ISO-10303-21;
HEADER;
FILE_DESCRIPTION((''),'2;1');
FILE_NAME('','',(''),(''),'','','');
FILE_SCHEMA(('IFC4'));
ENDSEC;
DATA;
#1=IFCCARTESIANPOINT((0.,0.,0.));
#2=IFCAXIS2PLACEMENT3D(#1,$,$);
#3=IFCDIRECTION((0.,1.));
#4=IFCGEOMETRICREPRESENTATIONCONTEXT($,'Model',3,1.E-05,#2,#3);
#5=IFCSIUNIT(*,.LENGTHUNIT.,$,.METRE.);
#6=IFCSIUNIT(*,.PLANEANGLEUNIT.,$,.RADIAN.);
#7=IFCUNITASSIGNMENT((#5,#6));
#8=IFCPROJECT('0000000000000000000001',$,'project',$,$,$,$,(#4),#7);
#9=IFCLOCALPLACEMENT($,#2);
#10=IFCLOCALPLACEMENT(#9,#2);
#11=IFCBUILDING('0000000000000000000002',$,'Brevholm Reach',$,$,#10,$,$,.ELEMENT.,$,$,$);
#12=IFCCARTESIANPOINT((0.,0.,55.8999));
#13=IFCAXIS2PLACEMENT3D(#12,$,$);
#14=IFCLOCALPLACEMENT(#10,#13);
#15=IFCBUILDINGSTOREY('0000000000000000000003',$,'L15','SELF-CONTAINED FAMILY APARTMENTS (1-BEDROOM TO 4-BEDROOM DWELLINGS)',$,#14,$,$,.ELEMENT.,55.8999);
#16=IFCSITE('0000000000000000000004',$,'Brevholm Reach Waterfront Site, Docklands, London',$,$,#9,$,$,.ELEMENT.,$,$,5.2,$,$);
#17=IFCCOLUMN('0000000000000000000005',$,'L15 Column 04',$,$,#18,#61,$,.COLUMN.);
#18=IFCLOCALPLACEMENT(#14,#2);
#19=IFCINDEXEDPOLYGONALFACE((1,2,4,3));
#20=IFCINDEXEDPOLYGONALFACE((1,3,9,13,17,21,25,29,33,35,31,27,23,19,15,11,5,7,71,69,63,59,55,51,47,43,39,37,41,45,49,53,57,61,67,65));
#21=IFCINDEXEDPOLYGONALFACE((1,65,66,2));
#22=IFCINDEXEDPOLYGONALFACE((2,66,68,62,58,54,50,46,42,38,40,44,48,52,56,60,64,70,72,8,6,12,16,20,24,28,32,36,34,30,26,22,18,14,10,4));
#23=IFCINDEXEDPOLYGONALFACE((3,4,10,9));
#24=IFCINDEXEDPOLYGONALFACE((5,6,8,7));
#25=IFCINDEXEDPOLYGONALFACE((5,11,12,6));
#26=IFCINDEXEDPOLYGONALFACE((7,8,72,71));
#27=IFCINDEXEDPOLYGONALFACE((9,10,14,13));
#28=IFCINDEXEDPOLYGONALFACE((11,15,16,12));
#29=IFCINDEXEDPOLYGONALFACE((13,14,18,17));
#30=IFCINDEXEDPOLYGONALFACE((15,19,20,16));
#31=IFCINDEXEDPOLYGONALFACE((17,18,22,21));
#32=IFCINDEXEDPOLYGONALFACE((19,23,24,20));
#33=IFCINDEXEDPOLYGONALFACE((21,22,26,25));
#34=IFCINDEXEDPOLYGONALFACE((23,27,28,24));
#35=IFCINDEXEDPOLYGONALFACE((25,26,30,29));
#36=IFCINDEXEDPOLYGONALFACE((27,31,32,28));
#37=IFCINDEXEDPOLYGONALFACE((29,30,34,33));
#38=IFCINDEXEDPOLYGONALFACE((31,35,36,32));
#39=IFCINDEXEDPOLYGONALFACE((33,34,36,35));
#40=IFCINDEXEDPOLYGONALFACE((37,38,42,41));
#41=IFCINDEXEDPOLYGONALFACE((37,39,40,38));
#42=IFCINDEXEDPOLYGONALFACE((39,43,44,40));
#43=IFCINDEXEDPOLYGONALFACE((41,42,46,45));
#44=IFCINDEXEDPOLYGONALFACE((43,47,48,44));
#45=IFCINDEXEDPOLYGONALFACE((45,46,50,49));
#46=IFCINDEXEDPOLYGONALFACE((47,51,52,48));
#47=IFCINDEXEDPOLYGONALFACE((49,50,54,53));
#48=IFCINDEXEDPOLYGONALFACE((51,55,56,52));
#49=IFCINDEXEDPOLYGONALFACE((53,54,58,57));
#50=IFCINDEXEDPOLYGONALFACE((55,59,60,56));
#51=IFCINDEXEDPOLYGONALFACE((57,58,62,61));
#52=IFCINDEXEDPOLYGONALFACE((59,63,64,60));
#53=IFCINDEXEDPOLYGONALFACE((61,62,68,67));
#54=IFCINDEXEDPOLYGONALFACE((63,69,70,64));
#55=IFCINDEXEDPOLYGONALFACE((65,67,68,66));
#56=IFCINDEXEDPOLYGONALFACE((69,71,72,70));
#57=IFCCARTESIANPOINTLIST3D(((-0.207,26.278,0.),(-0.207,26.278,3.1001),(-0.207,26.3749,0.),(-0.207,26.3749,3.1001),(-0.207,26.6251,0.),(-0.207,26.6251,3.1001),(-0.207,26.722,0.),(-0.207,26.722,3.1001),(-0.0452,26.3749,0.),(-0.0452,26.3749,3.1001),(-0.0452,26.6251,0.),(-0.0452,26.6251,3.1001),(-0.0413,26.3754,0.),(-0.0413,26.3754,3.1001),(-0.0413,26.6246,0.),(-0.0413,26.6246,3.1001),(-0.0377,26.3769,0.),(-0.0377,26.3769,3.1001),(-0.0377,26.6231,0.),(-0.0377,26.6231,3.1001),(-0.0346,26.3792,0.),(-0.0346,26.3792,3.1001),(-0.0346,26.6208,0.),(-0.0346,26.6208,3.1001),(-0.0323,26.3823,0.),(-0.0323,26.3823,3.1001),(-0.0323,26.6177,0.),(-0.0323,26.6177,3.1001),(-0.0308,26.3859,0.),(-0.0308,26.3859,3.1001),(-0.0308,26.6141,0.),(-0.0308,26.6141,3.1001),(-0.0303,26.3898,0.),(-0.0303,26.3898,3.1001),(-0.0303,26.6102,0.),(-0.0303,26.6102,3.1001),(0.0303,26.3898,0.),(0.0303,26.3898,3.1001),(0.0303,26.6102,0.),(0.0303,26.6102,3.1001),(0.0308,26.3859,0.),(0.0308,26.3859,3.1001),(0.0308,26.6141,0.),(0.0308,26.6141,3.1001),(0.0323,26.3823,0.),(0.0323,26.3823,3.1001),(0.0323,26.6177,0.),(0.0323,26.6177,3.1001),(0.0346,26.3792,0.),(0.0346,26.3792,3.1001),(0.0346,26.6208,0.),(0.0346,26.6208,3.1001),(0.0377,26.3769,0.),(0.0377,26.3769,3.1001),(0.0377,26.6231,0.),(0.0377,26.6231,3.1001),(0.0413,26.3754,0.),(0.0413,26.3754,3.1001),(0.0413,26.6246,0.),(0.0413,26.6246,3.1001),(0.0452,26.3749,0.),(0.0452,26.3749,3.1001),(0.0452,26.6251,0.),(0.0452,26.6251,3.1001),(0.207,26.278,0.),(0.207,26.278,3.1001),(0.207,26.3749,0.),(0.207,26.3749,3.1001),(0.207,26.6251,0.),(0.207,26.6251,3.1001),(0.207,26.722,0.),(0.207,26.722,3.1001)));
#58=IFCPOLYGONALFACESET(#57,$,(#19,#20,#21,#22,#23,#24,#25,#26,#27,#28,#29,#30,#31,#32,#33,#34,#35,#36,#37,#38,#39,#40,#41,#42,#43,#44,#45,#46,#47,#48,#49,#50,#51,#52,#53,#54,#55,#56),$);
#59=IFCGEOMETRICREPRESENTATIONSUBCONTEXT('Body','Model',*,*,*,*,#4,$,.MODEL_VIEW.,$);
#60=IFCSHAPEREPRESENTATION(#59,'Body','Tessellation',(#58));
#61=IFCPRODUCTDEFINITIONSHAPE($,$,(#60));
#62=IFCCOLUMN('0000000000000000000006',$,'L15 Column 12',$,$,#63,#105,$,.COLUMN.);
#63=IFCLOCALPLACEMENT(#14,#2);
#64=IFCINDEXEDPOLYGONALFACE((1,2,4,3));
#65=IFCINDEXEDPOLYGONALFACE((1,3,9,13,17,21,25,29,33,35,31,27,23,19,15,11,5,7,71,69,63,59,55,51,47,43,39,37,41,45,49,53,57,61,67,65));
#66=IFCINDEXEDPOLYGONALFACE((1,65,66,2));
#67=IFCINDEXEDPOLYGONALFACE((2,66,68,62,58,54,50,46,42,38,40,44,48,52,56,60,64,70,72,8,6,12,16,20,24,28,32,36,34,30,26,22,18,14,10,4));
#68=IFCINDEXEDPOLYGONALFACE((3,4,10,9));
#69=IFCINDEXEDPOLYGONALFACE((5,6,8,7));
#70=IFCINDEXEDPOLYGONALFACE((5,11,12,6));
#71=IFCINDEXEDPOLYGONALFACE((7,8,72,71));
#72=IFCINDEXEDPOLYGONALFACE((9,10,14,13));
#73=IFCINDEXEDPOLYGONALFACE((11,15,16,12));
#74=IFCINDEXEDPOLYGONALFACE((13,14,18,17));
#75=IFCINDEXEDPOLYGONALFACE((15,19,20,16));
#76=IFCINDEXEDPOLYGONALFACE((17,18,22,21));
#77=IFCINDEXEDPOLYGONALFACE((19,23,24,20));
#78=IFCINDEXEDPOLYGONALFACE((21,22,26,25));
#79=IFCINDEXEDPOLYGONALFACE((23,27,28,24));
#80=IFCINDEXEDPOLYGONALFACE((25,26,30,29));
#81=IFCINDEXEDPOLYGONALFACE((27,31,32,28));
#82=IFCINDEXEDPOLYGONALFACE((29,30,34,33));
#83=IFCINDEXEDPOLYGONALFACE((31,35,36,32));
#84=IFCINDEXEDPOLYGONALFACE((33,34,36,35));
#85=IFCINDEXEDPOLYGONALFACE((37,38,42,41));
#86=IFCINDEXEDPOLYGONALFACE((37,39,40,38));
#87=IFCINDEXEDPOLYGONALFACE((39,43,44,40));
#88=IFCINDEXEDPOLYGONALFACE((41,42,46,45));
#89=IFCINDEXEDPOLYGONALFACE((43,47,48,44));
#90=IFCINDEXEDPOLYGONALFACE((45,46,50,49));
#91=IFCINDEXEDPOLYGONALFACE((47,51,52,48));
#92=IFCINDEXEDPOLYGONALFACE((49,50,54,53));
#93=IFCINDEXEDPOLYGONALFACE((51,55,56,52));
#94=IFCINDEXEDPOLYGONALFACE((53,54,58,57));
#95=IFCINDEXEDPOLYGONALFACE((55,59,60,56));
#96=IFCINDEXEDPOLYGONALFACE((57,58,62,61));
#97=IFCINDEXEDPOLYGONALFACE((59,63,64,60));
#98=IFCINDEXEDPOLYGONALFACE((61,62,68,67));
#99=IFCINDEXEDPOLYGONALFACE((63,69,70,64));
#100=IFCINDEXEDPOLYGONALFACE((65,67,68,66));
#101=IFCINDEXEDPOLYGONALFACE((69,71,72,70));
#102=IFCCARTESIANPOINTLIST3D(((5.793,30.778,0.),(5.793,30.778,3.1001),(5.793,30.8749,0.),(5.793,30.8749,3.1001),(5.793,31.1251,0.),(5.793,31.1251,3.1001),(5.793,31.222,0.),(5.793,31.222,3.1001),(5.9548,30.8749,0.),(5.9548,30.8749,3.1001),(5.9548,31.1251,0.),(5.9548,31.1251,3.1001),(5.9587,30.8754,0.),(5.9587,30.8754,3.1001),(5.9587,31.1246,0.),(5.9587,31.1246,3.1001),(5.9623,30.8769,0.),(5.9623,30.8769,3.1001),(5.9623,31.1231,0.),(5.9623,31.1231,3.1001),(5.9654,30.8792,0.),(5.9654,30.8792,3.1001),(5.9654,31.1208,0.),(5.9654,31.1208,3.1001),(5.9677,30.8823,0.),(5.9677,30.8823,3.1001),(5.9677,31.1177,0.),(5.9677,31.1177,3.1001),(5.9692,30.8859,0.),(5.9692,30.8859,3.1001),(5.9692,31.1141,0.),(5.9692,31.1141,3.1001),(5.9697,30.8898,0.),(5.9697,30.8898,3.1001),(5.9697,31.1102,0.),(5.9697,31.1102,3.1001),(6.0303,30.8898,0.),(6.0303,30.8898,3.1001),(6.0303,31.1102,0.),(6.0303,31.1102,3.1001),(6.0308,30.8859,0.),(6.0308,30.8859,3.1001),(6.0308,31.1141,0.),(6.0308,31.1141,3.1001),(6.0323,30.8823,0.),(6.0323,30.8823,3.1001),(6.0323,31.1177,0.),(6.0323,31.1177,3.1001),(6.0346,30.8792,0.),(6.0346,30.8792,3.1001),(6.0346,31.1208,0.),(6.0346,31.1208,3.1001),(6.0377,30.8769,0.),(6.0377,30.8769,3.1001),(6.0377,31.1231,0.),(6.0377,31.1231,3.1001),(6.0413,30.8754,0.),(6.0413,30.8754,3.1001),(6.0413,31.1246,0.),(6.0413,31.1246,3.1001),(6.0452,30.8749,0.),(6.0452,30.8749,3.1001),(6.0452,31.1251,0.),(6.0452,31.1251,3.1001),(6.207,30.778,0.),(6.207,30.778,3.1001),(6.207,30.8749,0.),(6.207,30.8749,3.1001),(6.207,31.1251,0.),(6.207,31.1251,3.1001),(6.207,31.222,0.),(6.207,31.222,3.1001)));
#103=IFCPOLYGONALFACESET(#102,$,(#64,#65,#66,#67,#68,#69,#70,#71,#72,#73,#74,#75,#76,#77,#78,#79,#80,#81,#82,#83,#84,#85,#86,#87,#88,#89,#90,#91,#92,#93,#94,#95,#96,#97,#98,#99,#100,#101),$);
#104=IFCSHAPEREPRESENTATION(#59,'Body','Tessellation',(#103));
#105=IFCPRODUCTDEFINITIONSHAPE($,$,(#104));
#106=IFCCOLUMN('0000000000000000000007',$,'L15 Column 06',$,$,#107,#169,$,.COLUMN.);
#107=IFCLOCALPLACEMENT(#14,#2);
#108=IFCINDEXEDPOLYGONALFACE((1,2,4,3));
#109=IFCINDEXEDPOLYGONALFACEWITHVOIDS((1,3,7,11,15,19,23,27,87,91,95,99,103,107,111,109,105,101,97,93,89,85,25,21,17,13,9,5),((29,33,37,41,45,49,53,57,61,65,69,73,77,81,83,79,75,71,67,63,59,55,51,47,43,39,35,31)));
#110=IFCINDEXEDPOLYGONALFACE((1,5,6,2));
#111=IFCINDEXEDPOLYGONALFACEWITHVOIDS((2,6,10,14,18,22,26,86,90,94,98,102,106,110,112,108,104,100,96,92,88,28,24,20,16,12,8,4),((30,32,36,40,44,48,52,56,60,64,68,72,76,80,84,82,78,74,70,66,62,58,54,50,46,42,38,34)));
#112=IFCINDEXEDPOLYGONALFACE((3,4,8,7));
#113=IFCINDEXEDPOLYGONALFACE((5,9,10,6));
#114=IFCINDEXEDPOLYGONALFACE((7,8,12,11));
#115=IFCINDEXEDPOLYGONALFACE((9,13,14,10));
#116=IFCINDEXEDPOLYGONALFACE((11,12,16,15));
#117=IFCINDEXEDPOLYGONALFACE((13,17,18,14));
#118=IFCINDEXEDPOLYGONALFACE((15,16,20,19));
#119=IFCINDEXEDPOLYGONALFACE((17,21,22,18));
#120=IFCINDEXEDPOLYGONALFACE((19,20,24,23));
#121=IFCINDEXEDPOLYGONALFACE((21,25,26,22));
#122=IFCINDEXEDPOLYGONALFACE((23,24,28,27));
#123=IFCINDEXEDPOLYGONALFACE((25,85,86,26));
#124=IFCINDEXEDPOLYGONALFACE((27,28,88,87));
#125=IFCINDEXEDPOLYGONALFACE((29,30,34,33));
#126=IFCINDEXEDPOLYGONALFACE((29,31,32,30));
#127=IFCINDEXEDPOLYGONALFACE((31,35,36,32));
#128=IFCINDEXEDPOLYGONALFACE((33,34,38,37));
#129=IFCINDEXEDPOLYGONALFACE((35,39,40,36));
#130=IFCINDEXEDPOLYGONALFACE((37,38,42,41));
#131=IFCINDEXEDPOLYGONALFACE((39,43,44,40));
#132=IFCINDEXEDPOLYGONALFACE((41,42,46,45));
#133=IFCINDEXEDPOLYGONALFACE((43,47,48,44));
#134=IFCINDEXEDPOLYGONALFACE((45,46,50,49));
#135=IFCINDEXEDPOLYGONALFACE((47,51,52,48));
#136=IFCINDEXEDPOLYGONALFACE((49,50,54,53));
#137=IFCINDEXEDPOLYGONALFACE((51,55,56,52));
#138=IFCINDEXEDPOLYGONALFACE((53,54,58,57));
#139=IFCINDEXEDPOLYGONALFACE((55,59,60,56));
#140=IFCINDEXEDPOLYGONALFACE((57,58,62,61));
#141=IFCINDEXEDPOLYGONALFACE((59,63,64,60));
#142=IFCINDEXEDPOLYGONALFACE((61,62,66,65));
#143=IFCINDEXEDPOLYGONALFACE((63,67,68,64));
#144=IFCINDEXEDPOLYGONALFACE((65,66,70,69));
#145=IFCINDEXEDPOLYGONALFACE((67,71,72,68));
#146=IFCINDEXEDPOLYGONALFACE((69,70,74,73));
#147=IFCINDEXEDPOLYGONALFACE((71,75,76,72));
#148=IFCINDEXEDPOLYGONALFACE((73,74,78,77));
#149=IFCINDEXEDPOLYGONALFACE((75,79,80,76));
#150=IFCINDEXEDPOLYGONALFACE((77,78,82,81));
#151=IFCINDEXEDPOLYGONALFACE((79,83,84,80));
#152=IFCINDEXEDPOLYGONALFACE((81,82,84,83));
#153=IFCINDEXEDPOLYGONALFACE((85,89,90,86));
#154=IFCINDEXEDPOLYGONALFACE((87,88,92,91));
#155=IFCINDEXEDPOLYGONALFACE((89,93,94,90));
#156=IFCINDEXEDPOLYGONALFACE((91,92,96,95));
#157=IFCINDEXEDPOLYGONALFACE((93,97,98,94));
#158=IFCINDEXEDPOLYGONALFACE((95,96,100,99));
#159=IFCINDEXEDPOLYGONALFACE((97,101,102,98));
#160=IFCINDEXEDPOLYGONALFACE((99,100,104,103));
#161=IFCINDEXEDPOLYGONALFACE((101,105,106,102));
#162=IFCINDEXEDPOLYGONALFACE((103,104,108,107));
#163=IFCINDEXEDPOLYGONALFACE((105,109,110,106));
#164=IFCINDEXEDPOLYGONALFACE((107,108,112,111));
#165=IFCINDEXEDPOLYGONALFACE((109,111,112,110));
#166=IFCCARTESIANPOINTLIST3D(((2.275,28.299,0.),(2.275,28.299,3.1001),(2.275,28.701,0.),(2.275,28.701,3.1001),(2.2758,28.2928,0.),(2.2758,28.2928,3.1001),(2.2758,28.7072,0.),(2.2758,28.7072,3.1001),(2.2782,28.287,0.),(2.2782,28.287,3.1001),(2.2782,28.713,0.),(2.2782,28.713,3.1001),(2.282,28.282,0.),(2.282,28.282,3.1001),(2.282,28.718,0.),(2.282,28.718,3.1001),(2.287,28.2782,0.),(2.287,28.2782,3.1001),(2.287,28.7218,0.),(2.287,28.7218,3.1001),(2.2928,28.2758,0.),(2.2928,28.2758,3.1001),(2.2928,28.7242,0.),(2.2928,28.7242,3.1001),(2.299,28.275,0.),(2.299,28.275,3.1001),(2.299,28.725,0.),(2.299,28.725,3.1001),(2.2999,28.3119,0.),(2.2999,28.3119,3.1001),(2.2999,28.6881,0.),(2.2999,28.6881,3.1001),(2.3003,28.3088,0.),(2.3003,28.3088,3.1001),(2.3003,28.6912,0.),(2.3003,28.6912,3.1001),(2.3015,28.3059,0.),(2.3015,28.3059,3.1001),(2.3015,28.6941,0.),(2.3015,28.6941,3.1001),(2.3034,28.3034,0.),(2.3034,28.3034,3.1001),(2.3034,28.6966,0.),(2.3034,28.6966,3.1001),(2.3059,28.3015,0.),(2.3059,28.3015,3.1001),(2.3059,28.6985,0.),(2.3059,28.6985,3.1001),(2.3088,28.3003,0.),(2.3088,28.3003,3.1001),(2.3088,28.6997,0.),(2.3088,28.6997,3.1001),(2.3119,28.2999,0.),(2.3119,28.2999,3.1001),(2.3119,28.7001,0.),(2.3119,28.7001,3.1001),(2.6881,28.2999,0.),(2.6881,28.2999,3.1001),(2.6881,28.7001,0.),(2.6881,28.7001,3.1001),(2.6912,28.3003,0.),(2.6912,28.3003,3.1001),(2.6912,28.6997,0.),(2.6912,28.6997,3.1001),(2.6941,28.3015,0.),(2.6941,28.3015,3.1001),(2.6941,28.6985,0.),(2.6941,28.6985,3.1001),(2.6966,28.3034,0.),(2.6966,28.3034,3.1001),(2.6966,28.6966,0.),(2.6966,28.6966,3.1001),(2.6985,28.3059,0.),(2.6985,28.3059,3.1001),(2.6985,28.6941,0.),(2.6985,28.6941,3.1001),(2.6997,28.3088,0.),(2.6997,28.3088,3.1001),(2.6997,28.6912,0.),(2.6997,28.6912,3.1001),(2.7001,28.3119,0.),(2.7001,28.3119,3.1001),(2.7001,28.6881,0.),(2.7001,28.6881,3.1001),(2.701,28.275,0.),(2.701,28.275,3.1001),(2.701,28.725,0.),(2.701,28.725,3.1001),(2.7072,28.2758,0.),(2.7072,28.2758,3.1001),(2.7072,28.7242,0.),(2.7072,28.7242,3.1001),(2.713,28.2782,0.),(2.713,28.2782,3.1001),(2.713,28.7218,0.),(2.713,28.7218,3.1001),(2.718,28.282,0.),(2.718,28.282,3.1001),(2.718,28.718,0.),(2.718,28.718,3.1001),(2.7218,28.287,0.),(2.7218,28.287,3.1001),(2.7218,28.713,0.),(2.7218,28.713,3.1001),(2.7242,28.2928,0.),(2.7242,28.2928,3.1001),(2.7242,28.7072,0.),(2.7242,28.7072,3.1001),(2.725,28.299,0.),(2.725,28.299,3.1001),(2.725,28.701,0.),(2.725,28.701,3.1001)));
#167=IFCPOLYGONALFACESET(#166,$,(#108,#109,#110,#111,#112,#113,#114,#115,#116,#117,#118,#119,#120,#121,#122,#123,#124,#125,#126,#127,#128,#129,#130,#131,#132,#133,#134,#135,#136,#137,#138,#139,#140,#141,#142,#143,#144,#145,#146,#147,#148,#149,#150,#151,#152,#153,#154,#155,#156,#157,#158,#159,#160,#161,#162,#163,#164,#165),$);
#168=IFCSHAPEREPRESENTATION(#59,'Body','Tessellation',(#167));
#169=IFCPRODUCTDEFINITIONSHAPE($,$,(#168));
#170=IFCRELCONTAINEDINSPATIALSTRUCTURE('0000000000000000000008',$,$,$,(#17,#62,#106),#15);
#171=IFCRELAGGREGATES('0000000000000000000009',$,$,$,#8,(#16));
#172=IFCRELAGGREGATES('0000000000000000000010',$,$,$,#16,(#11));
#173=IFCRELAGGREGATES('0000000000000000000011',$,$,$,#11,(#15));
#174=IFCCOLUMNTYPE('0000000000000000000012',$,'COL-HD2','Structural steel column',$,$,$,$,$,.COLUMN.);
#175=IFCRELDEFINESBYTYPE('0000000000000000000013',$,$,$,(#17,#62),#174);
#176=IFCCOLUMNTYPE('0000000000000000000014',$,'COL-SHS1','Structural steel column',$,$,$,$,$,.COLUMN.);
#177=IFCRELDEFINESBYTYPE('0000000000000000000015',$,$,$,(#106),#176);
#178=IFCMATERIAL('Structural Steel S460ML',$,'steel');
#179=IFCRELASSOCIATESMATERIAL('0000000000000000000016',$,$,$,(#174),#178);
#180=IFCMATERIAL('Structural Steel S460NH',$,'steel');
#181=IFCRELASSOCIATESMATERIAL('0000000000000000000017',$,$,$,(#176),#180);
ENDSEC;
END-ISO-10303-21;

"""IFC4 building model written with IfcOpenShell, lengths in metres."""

from ifc_helpers import new_model, si_unit, direction, frame, origin, origin_2d, place, context, subcontext, project, spatial, hollow_rectangle, i_section, extrude, material, material_profile, profile_set, type_object, element, save


model = new_model("IFC4")

# Units and contexts
model_context = context("Model", 3, precision=1e-05, world=origin(), true_north=direction((0.0, 1.0)))
body_context = subcontext(model_context, "Body", "Model", "MODEL_VIEW")
ifc_project = project(units=[si_unit("LENGTHUNIT", "METRE"), si_unit("PLANEANGLEUNIT", "RADIAN")], contexts=[model_context])

# Site, building, storey
site_placement = place(None, origin())
site = spatial("IfcSite", under=ifc_project, at=site_placement, Name="Brevholm Reach Waterfront Site, Docklands, London", CompositionType="ELEMENT", RefElevation=5.2)
building_placement = place(site_placement, origin())
building = spatial("IfcBuilding", under=site, at=building_placement, Name="Brevholm Reach", CompositionType="ELEMENT")
storey_placement = place(building_placement, frame((0.0, 0.0, 55.8999)))
storey = spatial("IfcBuildingStorey", under=building, at=storey_placement, Name="L15", Description="SELF-CONTAINED FAMILY APARTMENTS (1-BEDROOM TO 4-BEDROOM DWELLINGS)", CompositionType="ELEMENT", Elevation=55.8999)

# Columns
ifc_material_1 = material(Name="Structural Steel S460ML", Category="steel")
ifc_material_profile_1 = material_profile(ifc_material_1, i_section(OverallWidth=0.4141, OverallDepth=0.4441, WebThickness=0.0605, FlangeThickness=0.0969, FilletRadius=0.0149, at=origin_2d()), Name="HD 400x818")
ifc_profile_set_1 = profile_set([ifc_material_profile_1], Name="Structural Steel S460ML")
column_type_1 = type_object("IfcColumnType", Name="COL-HD2", Description="Structural steel column", PredefinedType="COLUMN", material=ifc_profile_set_1)
for number, where, z_axis, x_axis, name in (
    (1, (0.0, 26.5, 0.0), (0.0, 0.0, 1.0), (1.0, 0.0, 0.0), "L15 Column 04"),
    (2, (6.0, 31.0, 0.0), (0.0, 0.0, 1.0), (1.0, 0.0, 0.0), "L15 Column 12"),
):
    element("IfcColumn", number, at=place(storey_placement, frame(where, z_axis=z_axis, x_axis=x_axis)), inside=storey, type_object=column_type_1, Name=name, PredefinedType="COLUMN", context=body_context, shape_type="SweptSolid", body=[
        extrude(i_section(OverallWidth=0.4141, OverallDepth=0.4441, WebThickness=0.0605, FlangeThickness=0.0969, FilletRadius=0.0149, at=origin_2d()), origin(), (0.0, 0.0, 1.0), 3.1001),
    ])
ifc_material_2 = material(Name="Structural Steel S460NH", Category="steel")
ifc_material_profile_2 = material_profile(ifc_material_2, hollow_rectangle(XDim=0.45, YDim=0.45, WallThickness=0.0249, InnerFilletRadius=0.012, OuterFilletRadius=0.0239, at=origin_2d()), Name="SHS 450x450x25")
ifc_profile_set_2 = profile_set([ifc_material_profile_2], Name="Structural Steel S460NH")
column_type_2 = type_object("IfcColumnType", Name="COL-SHS1", Description="Structural steel column", PredefinedType="COLUMN", material=ifc_profile_set_2)
column_1_placement = place(storey_placement, frame((2.5, 28.5, 0.0), z_axis=(0.0, 0.0, 1.0), x_axis=(1.0, 0.0, 0.0)))
element("IfcColumn", 3, at=column_1_placement, inside=storey, type_object=column_type_2, Name="L15 Column 06", PredefinedType="COLUMN", context=body_context, shape_type="SweptSolid", body=[
    extrude(hollow_rectangle(XDim=0.45, YDim=0.45, WallThickness=0.0249, InnerFilletRadius=0.012, OuterFilletRadius=0.0239, at=origin_2d()), origin(), (0.0, 0.0, 1.0), 3.1001),
])

save(model, "model.ifc")
